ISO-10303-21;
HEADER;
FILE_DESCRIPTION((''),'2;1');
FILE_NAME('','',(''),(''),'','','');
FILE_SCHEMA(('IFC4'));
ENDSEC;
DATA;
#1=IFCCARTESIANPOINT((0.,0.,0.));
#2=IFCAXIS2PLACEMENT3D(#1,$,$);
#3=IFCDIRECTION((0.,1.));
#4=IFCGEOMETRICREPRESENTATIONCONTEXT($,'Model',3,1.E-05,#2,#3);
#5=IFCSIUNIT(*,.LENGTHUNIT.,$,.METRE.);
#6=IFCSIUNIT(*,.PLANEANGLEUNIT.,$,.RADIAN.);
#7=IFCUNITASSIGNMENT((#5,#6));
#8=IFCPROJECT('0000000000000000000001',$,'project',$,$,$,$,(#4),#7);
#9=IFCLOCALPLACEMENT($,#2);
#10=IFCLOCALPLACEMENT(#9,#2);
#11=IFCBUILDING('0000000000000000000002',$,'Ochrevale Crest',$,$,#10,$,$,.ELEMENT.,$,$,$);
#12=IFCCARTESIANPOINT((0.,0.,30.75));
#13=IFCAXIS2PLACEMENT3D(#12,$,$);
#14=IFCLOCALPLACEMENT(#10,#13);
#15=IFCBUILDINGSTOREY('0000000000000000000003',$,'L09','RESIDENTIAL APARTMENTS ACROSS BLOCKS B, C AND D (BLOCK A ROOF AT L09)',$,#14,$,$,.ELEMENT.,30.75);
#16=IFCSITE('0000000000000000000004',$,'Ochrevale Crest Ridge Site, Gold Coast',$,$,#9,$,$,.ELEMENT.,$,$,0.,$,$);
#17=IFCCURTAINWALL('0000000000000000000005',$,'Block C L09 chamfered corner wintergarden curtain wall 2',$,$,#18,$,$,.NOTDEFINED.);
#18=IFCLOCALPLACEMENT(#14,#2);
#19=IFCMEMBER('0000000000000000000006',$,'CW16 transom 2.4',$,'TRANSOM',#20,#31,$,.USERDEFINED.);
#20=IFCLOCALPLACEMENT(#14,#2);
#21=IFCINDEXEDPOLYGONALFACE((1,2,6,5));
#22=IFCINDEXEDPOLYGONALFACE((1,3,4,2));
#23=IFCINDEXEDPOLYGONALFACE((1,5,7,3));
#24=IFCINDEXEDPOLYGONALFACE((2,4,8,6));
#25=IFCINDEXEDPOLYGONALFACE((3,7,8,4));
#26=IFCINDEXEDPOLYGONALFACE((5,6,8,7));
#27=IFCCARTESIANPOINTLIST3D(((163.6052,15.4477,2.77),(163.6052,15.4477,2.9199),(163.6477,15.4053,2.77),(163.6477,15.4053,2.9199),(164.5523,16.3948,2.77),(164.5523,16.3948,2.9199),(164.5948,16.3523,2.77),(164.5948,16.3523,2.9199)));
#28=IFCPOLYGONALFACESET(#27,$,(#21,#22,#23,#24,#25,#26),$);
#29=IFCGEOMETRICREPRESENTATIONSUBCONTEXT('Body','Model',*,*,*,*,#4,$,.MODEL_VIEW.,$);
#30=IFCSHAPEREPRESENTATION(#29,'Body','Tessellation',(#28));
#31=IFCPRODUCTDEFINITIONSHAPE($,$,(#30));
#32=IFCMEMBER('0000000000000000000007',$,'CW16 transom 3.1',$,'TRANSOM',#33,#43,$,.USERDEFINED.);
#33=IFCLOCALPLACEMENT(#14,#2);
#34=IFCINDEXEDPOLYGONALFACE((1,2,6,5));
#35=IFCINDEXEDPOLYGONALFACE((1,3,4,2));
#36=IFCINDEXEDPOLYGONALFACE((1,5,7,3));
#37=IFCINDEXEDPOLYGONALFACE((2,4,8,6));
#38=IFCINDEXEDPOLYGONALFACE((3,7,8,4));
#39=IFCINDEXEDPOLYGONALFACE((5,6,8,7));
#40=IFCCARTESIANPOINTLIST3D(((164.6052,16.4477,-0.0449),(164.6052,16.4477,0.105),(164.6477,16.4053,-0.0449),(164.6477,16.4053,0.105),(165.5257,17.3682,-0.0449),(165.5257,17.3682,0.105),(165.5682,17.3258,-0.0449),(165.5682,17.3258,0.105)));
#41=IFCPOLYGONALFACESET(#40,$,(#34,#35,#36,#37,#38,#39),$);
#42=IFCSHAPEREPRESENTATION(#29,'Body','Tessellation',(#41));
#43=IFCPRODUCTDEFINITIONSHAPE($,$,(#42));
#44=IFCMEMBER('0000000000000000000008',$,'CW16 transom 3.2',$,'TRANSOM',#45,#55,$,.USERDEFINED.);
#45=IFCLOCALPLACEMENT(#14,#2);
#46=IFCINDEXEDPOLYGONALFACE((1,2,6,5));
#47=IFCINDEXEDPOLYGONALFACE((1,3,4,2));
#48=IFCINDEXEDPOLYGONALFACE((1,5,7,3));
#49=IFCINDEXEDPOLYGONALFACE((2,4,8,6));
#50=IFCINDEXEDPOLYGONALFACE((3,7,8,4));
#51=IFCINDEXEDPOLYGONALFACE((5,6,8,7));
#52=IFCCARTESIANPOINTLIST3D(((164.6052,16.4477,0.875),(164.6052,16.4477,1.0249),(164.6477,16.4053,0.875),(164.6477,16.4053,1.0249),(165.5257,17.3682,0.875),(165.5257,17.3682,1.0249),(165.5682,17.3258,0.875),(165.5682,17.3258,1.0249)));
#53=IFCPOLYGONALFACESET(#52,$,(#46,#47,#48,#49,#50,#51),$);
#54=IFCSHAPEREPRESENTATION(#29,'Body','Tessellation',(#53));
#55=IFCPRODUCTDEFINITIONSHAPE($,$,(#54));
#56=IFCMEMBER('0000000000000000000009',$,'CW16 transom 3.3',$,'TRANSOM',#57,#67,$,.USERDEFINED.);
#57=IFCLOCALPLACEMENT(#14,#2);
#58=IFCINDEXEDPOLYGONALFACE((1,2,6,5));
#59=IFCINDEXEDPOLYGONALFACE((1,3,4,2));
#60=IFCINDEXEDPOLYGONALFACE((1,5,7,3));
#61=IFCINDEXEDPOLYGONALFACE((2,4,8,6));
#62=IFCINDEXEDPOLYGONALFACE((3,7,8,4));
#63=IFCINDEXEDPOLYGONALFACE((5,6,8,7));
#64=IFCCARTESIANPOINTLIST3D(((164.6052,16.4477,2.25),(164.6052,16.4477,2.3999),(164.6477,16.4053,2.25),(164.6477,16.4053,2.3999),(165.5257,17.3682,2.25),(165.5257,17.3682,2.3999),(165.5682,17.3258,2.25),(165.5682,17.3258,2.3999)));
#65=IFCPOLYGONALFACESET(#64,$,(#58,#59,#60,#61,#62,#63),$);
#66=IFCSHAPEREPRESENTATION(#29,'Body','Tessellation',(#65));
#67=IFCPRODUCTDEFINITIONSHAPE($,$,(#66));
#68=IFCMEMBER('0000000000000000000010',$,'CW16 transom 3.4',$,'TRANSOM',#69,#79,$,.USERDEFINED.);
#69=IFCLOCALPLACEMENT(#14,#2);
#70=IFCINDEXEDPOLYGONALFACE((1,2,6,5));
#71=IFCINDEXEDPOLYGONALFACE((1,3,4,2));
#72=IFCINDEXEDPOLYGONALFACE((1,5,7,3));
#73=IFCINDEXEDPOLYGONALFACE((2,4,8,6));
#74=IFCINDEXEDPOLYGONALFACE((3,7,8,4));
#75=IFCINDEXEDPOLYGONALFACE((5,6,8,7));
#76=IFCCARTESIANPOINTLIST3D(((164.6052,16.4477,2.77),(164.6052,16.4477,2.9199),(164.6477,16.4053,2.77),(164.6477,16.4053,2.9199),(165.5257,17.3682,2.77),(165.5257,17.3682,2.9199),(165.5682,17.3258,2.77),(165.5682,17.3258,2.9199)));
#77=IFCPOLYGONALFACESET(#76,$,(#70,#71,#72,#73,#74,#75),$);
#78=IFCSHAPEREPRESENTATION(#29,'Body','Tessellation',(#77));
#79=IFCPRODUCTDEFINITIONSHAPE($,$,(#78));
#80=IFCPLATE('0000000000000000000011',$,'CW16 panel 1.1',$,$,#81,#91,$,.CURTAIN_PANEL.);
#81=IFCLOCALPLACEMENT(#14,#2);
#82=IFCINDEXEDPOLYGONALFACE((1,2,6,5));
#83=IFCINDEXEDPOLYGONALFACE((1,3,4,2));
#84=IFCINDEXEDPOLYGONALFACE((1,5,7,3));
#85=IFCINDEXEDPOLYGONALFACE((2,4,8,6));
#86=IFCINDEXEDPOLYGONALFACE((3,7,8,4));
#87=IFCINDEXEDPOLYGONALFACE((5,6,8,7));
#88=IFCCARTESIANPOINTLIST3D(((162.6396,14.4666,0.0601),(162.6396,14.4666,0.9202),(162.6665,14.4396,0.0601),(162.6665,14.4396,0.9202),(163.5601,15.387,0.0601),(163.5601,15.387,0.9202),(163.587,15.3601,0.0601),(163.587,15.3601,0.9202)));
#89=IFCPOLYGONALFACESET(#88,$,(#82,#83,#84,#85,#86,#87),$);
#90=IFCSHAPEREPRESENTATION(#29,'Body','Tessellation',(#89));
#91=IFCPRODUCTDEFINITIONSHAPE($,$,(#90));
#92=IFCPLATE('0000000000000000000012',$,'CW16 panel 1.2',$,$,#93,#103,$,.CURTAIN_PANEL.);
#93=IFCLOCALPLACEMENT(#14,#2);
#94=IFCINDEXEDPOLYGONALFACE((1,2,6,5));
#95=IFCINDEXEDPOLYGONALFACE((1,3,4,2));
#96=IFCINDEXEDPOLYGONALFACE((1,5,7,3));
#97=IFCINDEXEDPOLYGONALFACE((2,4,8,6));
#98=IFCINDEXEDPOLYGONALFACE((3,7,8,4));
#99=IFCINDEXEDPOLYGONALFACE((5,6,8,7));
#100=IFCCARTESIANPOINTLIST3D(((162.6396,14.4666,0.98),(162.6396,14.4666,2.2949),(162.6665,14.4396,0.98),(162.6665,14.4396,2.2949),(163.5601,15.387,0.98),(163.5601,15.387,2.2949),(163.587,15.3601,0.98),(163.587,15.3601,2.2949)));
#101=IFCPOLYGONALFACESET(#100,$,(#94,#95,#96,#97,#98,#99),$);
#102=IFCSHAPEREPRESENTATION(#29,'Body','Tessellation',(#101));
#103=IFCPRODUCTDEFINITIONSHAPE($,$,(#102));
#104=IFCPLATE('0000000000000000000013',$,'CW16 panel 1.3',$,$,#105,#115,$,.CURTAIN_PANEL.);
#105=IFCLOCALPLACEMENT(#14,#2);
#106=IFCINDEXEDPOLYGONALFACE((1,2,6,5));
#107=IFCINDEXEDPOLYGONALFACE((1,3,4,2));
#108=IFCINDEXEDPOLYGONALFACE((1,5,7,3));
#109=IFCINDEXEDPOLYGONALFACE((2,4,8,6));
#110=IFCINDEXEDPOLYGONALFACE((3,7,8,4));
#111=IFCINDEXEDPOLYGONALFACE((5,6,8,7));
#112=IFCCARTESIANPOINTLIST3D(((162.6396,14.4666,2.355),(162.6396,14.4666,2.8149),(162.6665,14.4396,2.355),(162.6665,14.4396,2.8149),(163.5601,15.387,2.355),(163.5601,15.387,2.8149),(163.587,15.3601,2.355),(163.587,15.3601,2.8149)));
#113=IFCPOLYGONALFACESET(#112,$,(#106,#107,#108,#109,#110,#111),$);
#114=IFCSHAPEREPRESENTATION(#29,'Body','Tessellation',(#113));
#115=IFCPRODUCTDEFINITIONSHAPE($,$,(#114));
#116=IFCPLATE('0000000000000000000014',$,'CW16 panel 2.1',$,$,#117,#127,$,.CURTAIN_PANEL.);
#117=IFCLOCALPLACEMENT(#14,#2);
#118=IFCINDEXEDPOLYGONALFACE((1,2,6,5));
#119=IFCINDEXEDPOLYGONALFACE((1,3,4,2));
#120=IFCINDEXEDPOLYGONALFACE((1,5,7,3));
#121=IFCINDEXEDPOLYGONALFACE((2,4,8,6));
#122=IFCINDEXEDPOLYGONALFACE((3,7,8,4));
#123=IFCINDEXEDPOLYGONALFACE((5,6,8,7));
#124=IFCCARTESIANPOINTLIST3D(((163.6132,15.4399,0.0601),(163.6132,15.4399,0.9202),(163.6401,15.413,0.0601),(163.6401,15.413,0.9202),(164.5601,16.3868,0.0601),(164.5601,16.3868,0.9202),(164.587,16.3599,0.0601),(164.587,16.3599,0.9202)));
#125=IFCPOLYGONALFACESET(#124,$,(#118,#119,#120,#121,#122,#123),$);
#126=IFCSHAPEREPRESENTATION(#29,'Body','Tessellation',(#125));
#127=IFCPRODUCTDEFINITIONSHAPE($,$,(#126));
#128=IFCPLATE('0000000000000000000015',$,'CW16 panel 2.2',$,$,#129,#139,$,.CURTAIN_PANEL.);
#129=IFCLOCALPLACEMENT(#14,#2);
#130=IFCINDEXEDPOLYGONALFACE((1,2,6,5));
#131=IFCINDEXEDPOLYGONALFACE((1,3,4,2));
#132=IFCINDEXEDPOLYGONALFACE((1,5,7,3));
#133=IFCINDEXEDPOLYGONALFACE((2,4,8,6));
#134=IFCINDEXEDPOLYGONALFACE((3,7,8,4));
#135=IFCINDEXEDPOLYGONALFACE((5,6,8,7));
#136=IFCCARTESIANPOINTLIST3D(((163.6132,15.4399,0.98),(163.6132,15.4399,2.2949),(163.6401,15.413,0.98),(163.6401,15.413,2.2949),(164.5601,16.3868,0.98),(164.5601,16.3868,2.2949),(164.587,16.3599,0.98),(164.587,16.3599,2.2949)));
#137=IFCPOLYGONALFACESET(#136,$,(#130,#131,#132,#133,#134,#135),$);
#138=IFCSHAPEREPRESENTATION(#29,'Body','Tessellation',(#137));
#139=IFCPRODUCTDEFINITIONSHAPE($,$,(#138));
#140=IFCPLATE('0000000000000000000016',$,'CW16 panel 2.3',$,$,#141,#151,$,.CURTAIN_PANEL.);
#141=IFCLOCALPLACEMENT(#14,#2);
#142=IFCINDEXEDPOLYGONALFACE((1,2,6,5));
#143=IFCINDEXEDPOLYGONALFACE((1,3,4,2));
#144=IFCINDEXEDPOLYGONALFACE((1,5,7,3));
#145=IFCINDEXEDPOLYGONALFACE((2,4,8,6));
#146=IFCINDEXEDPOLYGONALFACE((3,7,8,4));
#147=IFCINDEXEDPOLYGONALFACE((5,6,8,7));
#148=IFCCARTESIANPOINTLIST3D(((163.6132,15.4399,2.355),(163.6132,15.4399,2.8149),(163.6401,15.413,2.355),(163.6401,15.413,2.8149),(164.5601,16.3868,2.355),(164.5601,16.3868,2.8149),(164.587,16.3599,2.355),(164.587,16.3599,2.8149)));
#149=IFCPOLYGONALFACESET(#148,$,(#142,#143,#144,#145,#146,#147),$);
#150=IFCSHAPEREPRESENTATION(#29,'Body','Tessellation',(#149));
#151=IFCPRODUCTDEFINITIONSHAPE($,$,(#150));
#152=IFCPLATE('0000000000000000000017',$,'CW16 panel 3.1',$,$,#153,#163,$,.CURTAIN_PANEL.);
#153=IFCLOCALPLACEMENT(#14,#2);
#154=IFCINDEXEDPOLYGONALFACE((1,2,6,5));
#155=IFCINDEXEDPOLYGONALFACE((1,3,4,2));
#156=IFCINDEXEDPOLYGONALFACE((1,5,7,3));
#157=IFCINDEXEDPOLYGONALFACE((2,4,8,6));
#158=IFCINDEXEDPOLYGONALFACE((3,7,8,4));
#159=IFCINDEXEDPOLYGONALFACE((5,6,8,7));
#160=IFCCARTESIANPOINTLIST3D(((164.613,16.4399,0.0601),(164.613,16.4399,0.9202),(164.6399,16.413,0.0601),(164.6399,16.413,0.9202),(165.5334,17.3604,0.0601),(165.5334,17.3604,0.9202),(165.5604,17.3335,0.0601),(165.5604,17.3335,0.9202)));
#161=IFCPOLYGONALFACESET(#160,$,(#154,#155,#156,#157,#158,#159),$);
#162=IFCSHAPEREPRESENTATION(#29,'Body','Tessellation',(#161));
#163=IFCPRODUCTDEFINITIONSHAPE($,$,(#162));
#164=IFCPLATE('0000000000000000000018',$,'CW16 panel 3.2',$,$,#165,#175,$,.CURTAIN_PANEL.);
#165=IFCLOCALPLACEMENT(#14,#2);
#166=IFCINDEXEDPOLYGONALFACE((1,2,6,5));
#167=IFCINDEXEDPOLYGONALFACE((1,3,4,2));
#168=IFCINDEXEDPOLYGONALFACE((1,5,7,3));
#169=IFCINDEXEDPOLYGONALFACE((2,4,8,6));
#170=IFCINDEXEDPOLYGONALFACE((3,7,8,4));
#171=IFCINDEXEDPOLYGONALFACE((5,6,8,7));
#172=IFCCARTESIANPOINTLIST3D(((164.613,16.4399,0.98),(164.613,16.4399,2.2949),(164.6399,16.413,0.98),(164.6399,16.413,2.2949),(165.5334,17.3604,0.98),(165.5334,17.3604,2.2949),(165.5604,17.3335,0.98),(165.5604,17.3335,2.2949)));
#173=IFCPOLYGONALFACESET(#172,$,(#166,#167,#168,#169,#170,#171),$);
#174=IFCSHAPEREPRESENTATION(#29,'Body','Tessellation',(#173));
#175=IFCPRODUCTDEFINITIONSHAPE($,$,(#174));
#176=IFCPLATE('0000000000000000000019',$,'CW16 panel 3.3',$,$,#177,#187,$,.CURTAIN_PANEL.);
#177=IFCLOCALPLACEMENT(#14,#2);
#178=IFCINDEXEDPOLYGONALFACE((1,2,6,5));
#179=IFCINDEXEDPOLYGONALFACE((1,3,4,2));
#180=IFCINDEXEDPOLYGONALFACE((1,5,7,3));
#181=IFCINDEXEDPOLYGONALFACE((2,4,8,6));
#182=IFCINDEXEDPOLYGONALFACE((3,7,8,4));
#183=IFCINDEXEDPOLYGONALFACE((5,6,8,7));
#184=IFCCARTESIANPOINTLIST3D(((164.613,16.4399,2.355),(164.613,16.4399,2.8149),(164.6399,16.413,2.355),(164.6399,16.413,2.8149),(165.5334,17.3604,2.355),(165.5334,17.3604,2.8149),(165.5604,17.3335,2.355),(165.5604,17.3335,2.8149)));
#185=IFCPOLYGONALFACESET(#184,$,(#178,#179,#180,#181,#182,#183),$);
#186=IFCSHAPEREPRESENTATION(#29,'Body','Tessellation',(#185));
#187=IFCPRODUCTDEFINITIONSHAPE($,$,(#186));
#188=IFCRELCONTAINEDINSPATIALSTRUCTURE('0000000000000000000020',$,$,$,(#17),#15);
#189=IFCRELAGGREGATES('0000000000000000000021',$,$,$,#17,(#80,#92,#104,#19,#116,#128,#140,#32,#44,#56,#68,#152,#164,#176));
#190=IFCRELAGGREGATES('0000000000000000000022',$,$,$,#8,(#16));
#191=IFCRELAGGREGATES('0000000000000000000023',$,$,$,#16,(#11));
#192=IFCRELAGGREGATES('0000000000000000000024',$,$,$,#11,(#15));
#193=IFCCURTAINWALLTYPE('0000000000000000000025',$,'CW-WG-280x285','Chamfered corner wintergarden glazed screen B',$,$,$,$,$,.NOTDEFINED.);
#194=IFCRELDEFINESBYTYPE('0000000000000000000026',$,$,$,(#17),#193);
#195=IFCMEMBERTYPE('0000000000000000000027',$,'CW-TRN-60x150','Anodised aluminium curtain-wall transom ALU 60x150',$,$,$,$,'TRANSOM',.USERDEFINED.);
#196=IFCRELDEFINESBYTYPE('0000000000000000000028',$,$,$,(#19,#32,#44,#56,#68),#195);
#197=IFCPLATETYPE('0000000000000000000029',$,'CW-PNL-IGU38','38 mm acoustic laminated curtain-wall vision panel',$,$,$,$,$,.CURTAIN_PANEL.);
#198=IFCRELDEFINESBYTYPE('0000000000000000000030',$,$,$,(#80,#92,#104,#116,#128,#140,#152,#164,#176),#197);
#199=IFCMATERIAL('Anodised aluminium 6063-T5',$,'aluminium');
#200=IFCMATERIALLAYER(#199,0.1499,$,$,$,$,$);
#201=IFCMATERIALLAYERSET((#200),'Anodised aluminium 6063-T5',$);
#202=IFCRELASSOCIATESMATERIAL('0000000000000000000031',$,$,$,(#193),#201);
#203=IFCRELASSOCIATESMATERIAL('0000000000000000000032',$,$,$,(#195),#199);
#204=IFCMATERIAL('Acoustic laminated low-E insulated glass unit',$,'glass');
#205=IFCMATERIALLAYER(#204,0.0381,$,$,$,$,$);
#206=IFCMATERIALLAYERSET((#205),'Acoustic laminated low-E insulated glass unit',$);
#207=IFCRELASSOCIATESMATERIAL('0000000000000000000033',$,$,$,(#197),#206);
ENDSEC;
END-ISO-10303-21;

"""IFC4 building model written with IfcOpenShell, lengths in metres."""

from ifc_helpers import new_model, si_unit, direction, frame, origin, origin_2d, place, context, subcontext, project, spatial, rectangle, extrude, material, layer, layer_set, material_profile, profile_set, type_object, element, aggregate, save


model = new_model("IFC4")

# Units and contexts
model_context = context("Model", 3, precision=1e-05, world=origin(), true_north=direction((0.0, 1.0)))
body_context = subcontext(model_context, "Body", "Model", "MODEL_VIEW")
ifc_project = project(units=[si_unit("LENGTHUNIT", "METRE"), si_unit("PLANEANGLEUNIT", "RADIAN")], contexts=[model_context])

# Site, building, storey
site_placement = place(None, origin())
site = spatial("IfcSite", under=ifc_project, at=site_placement, Name="Ochrevale Crest Ridge Site, Gold Coast", CompositionType="ELEMENT", RefElevation=0.0)
building_placement = place(site_placement, origin())
building = spatial("IfcBuilding", under=site, at=building_placement, Name="Ochrevale Crest", CompositionType="ELEMENT")
storey_placement = place(building_placement, frame((0.0, 0.0, 30.75)))
storey = spatial("IfcBuildingStorey", under=building, at=storey_placement, Name="L09", Description="RESIDENTIAL APARTMENTS ACROSS BLOCKS B, C AND D (BLOCK A ROOF AT L09)", CompositionType="ELEMENT", Elevation=30.75)

# Curtain wall, members, plates
ifc_material_1 = material(Name="Anodised aluminium 6063-T5", Category="aluminium")
ifc_layer_1 = layer(ifc_material_1, 0.1499)
ifc_layer_set_1 = layer_set([ifc_layer_1], Name="Anodised aluminium 6063-T5")
curtain_wall_type = type_object("IfcCurtainWallType", Name="CW-WG-280x285", Description="Chamfered corner wintergarden glazed screen B", PredefinedType="NOTDEFINED", material=ifc_layer_set_1)
curtain_wall_placement = place(storey_placement, origin())
curtain_wall = element("IfcCurtainWall", 1, at=curtain_wall_placement, inside=storey, type_object=curtain_wall_type, Name="Block C L09 chamfered corner wintergarden curtain wall 2", PredefinedType="NOTDEFINED")
ifc_material_profile_1 = material_profile(ifc_material_1, rectangle(XDim=0.0601, YDim=0.1499, at=origin_2d()), Name="ALU 60x150")
ifc_profile_set_1 = profile_set([ifc_material_profile_1], Name="Anodised aluminium 6063-T5")
member_type_1 = type_object("IfcMemberType", Name="CW-TRN-60x150", Description="Anodised aluminium curtain-wall transom ALU 60x150", ElementType="TRANSOM", PredefinedType="USERDEFINED", material=ifc_profile_set_1)
member_1_placement = place(storey_placement, frame((163.6265, 15.4265, 2.845), z_axis=(0.707107, 0.707107, 0.0), x_axis=(-0.707107, 0.707107, 0.0)))
member_1 = element("IfcMember", 2, at=member_1_placement, type_object=member_type_1, Name="CW16 transom 2.4", ObjectType="TRANSOM", PredefinedType="USERDEFINED", context=body_context, shape_type="SweptSolid", body=[
    extrude(rectangle(XDim=0.0601, YDim=0.1499, at=origin_2d()), origin(), (0.0, 0.0, 1.0), 1.3394),
])
member_2_placement = place(storey_placement, frame((164.6265, 16.4265, 0.03), z_axis=(0.707107, 0.707107, 0.0), x_axis=(-0.707107, 0.707107, 0.0)))
member_2 = element("IfcMember", 3, at=member_2_placement, type_object=member_type_1, Name="CW16 transom 3.1", ObjectType="TRANSOM", PredefinedType="USERDEFINED", context=body_context, shape_type="SweptSolid", body=[
    extrude(rectangle(XDim=0.0601, YDim=0.1499, at=origin_2d()), origin(), (0.0, 0.0, 1.0), 1.3018),
])
member_3_placement = place(storey_placement, frame((164.6265, 16.4265, 0.95), z_axis=(0.707107, 0.707107, 0.0), x_axis=(-0.707107, 0.707107, 0.0)))
member_3 = element("IfcMember", 4, at=member_3_placement, type_object=member_type_1, Name="CW16 transom 3.2", ObjectType="TRANSOM", PredefinedType="USERDEFINED", context=body_context, shape_type="SweptSolid", body=[
    extrude(rectangle(XDim=0.0601, YDim=0.1499, at=origin_2d()), origin(), (0.0, 0.0, 1.0), 1.3018),
])
member_4_placement = place(storey_placement, frame((164.6265, 16.4265, 2.325), z_axis=(0.707107, 0.707107, 0.0), x_axis=(-0.707107, 0.707107, 0.0)))
member_4 = element("IfcMember", 5, at=member_4_placement, type_object=member_type_1, Name="CW16 transom 3.3", ObjectType="TRANSOM", PredefinedType="USERDEFINED", context=body_context, shape_type="SweptSolid", body=[
    extrude(rectangle(XDim=0.0601, YDim=0.1499, at=origin_2d()), origin(), (0.0, 0.0, 1.0), 1.3018),
])
member_5_placement = place(storey_placement, frame((164.6265, 16.4265, 2.845), z_axis=(0.707107, 0.707107, 0.0), x_axis=(-0.707107, 0.707107, 0.0)))
member_5 = element("IfcMember", 6, at=member_5_placement, type_object=member_type_1, Name="CW16 transom 3.4", ObjectType="TRANSOM", PredefinedType="USERDEFINED", context=body_context, shape_type="SweptSolid", body=[
    extrude(rectangle(XDim=0.0601, YDim=0.1499, at=origin_2d()), origin(), (0.0, 0.0, 1.0), 1.3018),
])
ifc_material_2 = material(Name="Acoustic laminated low-E insulated glass unit", Category="glass")
ifc_layer_2 = layer(ifc_material_2, 0.0381)
ifc_layer_set_2 = layer_set([ifc_layer_2], Name="Acoustic laminated low-E insulated glass unit")
plate_type = type_object("IfcPlateType", Name="CW-PNL-IGU38", Description="38 mm acoustic laminated curtain-wall vision panel", PredefinedType="CURTAIN_PANEL", material=ifc_layer_set_2)
plate_1_placement = place(storey_placement, frame((163.1133, 14.9133, 0.0601), z_axis=(0.0, 0.0, 1.0), x_axis=(0.707107, 0.707107, 0.0)))
plate_1 = element("IfcPlate", 7, at=plate_1_placement, type_object=plate_type, Name="CW16 panel 1.1", PredefinedType="CURTAIN_PANEL", context=body_context, shape_type="SweptSolid", body=[
    extrude(rectangle(XDim=1.3018, YDim=0.0381, at=origin_2d()), origin(), (0.0, 0.0, 1.0), 0.8601),
])
plate_2_placement = place(storey_placement, frame((163.1133, 14.9133, 0.98), z_axis=(0.0, 0.0, 1.0), x_axis=(0.707107, 0.707107, 0.0)))
plate_2 = element("IfcPlate", 8, at=plate_2_placement, type_object=plate_type, Name="CW16 panel 1.2", PredefinedType="CURTAIN_PANEL", context=body_context, shape_type="SweptSolid", body=[
    extrude(rectangle(XDim=1.3018, YDim=0.0381, at=origin_2d()), origin(), (0.0, 0.0, 1.0), 1.3149),
])
plate_3_placement = place(storey_placement, frame((163.1133, 14.9133, 2.355), z_axis=(0.0, 0.0, 1.0), x_axis=(0.707107, 0.707107, 0.0)))
plate_3 = element("IfcPlate", 9, at=plate_3_placement, type_object=plate_type, Name="CW16 panel 1.3", PredefinedType="CURTAIN_PANEL", context=body_context, shape_type="SweptSolid", body=[
    extrude(rectangle(XDim=1.3018, YDim=0.0381, at=origin_2d()), origin(), (0.0, 0.0, 1.0), 0.46),
])
plate_4_placement = place(storey_placement, frame((164.1001, 15.8999, 0.0601), z_axis=(0.0, 0.0, 1.0), x_axis=(0.707107, 0.707107, 0.0)))
plate_4 = element("IfcPlate", 10, at=plate_4_placement, type_object=plate_type, Name="CW16 panel 2.1", PredefinedType="CURTAIN_PANEL", context=body_context, shape_type="SweptSolid", body=[
    extrude(rectangle(XDim=1.3391, YDim=0.0381, at=origin_2d()), origin(), (0.0, 0.0, 1.0), 0.8601),
])
plate_5_placement = place(storey_placement, frame((164.1001, 15.8999, 0.98), z_axis=(0.0, 0.0, 1.0), x_axis=(0.707107, 0.707107, 0.0)))
plate_5 = element("IfcPlate", 11, at=plate_5_placement, type_object=plate_type, Name="CW16 panel 2.2", PredefinedType="CURTAIN_PANEL", context=body_context, shape_type="SweptSolid", body=[
    extrude(rectangle(XDim=1.3391, YDim=0.0381, at=origin_2d()), origin(), (0.0, 0.0, 1.0), 1.3149),
])
plate_6_placement = place(storey_placement, frame((164.1001, 15.8999, 2.355), z_axis=(0.0, 0.0, 1.0), x_axis=(0.707107, 0.707107, 0.0)))
plate_6 = element("IfcPlate", 12, at=plate_6_placement, type_object=plate_type, Name="CW16 panel 2.3", PredefinedType="CURTAIN_PANEL", context=body_context, shape_type="SweptSolid", body=[
    extrude(rectangle(XDim=1.3391, YDim=0.0381, at=origin_2d()), origin(), (0.0, 0.0, 1.0), 0.46),
])
plate_7_placement = place(storey_placement, frame((165.0867, 16.8867, 0.0601), z_axis=(0.0, 0.0, 1.0), x_axis=(0.707107, 0.707107, 0.0)))
plate_7 = element("IfcPlate", 13, at=plate_7_placement, type_object=plate_type, Name="CW16 panel 3.1", PredefinedType="CURTAIN_PANEL", context=body_context, shape_type="SweptSolid", body=[
    extrude(rectangle(XDim=1.3018, YDim=0.0381, at=origin_2d()), origin(), (0.0, 0.0, 1.0), 0.8601),
])
plate_8_placement = place(storey_placement, frame((165.0867, 16.8867, 0.98), z_axis=(0.0, 0.0, 1.0), x_axis=(0.707107, 0.707107, 0.0)))
plate_8 = element("IfcPlate", 14, at=plate_8_placement, type_object=plate_type, Name="CW16 panel 3.2", PredefinedType="CURTAIN_PANEL", context=body_context, shape_type="SweptSolid", body=[
    extrude(rectangle(XDim=1.3018, YDim=0.0381, at=origin_2d()), origin(), (0.0, 0.0, 1.0), 1.3149),
])
plate_9_placement = place(storey_placement, frame((165.0867, 16.8867, 2.355), z_axis=(0.0, 0.0, 1.0), x_axis=(0.707107, 0.707107, 0.0)))
plate_9 = element("IfcPlate", 15, at=plate_9_placement, type_object=plate_type, Name="CW16 panel 3.3", PredefinedType="CURTAIN_PANEL", context=body_context, shape_type="SweptSolid", body=[
    extrude(rectangle(XDim=1.3018, YDim=0.0381, at=origin_2d()), origin(), (0.0, 0.0, 1.0), 0.46),
])
aggregate(curtain_wall, [plate_1, plate_2, plate_3, member_1, plate_4, plate_5, plate_6, member_2, member_3, member_4, member_5, plate_7, plate_8, plate_9])

save(model, "model.ifc")
